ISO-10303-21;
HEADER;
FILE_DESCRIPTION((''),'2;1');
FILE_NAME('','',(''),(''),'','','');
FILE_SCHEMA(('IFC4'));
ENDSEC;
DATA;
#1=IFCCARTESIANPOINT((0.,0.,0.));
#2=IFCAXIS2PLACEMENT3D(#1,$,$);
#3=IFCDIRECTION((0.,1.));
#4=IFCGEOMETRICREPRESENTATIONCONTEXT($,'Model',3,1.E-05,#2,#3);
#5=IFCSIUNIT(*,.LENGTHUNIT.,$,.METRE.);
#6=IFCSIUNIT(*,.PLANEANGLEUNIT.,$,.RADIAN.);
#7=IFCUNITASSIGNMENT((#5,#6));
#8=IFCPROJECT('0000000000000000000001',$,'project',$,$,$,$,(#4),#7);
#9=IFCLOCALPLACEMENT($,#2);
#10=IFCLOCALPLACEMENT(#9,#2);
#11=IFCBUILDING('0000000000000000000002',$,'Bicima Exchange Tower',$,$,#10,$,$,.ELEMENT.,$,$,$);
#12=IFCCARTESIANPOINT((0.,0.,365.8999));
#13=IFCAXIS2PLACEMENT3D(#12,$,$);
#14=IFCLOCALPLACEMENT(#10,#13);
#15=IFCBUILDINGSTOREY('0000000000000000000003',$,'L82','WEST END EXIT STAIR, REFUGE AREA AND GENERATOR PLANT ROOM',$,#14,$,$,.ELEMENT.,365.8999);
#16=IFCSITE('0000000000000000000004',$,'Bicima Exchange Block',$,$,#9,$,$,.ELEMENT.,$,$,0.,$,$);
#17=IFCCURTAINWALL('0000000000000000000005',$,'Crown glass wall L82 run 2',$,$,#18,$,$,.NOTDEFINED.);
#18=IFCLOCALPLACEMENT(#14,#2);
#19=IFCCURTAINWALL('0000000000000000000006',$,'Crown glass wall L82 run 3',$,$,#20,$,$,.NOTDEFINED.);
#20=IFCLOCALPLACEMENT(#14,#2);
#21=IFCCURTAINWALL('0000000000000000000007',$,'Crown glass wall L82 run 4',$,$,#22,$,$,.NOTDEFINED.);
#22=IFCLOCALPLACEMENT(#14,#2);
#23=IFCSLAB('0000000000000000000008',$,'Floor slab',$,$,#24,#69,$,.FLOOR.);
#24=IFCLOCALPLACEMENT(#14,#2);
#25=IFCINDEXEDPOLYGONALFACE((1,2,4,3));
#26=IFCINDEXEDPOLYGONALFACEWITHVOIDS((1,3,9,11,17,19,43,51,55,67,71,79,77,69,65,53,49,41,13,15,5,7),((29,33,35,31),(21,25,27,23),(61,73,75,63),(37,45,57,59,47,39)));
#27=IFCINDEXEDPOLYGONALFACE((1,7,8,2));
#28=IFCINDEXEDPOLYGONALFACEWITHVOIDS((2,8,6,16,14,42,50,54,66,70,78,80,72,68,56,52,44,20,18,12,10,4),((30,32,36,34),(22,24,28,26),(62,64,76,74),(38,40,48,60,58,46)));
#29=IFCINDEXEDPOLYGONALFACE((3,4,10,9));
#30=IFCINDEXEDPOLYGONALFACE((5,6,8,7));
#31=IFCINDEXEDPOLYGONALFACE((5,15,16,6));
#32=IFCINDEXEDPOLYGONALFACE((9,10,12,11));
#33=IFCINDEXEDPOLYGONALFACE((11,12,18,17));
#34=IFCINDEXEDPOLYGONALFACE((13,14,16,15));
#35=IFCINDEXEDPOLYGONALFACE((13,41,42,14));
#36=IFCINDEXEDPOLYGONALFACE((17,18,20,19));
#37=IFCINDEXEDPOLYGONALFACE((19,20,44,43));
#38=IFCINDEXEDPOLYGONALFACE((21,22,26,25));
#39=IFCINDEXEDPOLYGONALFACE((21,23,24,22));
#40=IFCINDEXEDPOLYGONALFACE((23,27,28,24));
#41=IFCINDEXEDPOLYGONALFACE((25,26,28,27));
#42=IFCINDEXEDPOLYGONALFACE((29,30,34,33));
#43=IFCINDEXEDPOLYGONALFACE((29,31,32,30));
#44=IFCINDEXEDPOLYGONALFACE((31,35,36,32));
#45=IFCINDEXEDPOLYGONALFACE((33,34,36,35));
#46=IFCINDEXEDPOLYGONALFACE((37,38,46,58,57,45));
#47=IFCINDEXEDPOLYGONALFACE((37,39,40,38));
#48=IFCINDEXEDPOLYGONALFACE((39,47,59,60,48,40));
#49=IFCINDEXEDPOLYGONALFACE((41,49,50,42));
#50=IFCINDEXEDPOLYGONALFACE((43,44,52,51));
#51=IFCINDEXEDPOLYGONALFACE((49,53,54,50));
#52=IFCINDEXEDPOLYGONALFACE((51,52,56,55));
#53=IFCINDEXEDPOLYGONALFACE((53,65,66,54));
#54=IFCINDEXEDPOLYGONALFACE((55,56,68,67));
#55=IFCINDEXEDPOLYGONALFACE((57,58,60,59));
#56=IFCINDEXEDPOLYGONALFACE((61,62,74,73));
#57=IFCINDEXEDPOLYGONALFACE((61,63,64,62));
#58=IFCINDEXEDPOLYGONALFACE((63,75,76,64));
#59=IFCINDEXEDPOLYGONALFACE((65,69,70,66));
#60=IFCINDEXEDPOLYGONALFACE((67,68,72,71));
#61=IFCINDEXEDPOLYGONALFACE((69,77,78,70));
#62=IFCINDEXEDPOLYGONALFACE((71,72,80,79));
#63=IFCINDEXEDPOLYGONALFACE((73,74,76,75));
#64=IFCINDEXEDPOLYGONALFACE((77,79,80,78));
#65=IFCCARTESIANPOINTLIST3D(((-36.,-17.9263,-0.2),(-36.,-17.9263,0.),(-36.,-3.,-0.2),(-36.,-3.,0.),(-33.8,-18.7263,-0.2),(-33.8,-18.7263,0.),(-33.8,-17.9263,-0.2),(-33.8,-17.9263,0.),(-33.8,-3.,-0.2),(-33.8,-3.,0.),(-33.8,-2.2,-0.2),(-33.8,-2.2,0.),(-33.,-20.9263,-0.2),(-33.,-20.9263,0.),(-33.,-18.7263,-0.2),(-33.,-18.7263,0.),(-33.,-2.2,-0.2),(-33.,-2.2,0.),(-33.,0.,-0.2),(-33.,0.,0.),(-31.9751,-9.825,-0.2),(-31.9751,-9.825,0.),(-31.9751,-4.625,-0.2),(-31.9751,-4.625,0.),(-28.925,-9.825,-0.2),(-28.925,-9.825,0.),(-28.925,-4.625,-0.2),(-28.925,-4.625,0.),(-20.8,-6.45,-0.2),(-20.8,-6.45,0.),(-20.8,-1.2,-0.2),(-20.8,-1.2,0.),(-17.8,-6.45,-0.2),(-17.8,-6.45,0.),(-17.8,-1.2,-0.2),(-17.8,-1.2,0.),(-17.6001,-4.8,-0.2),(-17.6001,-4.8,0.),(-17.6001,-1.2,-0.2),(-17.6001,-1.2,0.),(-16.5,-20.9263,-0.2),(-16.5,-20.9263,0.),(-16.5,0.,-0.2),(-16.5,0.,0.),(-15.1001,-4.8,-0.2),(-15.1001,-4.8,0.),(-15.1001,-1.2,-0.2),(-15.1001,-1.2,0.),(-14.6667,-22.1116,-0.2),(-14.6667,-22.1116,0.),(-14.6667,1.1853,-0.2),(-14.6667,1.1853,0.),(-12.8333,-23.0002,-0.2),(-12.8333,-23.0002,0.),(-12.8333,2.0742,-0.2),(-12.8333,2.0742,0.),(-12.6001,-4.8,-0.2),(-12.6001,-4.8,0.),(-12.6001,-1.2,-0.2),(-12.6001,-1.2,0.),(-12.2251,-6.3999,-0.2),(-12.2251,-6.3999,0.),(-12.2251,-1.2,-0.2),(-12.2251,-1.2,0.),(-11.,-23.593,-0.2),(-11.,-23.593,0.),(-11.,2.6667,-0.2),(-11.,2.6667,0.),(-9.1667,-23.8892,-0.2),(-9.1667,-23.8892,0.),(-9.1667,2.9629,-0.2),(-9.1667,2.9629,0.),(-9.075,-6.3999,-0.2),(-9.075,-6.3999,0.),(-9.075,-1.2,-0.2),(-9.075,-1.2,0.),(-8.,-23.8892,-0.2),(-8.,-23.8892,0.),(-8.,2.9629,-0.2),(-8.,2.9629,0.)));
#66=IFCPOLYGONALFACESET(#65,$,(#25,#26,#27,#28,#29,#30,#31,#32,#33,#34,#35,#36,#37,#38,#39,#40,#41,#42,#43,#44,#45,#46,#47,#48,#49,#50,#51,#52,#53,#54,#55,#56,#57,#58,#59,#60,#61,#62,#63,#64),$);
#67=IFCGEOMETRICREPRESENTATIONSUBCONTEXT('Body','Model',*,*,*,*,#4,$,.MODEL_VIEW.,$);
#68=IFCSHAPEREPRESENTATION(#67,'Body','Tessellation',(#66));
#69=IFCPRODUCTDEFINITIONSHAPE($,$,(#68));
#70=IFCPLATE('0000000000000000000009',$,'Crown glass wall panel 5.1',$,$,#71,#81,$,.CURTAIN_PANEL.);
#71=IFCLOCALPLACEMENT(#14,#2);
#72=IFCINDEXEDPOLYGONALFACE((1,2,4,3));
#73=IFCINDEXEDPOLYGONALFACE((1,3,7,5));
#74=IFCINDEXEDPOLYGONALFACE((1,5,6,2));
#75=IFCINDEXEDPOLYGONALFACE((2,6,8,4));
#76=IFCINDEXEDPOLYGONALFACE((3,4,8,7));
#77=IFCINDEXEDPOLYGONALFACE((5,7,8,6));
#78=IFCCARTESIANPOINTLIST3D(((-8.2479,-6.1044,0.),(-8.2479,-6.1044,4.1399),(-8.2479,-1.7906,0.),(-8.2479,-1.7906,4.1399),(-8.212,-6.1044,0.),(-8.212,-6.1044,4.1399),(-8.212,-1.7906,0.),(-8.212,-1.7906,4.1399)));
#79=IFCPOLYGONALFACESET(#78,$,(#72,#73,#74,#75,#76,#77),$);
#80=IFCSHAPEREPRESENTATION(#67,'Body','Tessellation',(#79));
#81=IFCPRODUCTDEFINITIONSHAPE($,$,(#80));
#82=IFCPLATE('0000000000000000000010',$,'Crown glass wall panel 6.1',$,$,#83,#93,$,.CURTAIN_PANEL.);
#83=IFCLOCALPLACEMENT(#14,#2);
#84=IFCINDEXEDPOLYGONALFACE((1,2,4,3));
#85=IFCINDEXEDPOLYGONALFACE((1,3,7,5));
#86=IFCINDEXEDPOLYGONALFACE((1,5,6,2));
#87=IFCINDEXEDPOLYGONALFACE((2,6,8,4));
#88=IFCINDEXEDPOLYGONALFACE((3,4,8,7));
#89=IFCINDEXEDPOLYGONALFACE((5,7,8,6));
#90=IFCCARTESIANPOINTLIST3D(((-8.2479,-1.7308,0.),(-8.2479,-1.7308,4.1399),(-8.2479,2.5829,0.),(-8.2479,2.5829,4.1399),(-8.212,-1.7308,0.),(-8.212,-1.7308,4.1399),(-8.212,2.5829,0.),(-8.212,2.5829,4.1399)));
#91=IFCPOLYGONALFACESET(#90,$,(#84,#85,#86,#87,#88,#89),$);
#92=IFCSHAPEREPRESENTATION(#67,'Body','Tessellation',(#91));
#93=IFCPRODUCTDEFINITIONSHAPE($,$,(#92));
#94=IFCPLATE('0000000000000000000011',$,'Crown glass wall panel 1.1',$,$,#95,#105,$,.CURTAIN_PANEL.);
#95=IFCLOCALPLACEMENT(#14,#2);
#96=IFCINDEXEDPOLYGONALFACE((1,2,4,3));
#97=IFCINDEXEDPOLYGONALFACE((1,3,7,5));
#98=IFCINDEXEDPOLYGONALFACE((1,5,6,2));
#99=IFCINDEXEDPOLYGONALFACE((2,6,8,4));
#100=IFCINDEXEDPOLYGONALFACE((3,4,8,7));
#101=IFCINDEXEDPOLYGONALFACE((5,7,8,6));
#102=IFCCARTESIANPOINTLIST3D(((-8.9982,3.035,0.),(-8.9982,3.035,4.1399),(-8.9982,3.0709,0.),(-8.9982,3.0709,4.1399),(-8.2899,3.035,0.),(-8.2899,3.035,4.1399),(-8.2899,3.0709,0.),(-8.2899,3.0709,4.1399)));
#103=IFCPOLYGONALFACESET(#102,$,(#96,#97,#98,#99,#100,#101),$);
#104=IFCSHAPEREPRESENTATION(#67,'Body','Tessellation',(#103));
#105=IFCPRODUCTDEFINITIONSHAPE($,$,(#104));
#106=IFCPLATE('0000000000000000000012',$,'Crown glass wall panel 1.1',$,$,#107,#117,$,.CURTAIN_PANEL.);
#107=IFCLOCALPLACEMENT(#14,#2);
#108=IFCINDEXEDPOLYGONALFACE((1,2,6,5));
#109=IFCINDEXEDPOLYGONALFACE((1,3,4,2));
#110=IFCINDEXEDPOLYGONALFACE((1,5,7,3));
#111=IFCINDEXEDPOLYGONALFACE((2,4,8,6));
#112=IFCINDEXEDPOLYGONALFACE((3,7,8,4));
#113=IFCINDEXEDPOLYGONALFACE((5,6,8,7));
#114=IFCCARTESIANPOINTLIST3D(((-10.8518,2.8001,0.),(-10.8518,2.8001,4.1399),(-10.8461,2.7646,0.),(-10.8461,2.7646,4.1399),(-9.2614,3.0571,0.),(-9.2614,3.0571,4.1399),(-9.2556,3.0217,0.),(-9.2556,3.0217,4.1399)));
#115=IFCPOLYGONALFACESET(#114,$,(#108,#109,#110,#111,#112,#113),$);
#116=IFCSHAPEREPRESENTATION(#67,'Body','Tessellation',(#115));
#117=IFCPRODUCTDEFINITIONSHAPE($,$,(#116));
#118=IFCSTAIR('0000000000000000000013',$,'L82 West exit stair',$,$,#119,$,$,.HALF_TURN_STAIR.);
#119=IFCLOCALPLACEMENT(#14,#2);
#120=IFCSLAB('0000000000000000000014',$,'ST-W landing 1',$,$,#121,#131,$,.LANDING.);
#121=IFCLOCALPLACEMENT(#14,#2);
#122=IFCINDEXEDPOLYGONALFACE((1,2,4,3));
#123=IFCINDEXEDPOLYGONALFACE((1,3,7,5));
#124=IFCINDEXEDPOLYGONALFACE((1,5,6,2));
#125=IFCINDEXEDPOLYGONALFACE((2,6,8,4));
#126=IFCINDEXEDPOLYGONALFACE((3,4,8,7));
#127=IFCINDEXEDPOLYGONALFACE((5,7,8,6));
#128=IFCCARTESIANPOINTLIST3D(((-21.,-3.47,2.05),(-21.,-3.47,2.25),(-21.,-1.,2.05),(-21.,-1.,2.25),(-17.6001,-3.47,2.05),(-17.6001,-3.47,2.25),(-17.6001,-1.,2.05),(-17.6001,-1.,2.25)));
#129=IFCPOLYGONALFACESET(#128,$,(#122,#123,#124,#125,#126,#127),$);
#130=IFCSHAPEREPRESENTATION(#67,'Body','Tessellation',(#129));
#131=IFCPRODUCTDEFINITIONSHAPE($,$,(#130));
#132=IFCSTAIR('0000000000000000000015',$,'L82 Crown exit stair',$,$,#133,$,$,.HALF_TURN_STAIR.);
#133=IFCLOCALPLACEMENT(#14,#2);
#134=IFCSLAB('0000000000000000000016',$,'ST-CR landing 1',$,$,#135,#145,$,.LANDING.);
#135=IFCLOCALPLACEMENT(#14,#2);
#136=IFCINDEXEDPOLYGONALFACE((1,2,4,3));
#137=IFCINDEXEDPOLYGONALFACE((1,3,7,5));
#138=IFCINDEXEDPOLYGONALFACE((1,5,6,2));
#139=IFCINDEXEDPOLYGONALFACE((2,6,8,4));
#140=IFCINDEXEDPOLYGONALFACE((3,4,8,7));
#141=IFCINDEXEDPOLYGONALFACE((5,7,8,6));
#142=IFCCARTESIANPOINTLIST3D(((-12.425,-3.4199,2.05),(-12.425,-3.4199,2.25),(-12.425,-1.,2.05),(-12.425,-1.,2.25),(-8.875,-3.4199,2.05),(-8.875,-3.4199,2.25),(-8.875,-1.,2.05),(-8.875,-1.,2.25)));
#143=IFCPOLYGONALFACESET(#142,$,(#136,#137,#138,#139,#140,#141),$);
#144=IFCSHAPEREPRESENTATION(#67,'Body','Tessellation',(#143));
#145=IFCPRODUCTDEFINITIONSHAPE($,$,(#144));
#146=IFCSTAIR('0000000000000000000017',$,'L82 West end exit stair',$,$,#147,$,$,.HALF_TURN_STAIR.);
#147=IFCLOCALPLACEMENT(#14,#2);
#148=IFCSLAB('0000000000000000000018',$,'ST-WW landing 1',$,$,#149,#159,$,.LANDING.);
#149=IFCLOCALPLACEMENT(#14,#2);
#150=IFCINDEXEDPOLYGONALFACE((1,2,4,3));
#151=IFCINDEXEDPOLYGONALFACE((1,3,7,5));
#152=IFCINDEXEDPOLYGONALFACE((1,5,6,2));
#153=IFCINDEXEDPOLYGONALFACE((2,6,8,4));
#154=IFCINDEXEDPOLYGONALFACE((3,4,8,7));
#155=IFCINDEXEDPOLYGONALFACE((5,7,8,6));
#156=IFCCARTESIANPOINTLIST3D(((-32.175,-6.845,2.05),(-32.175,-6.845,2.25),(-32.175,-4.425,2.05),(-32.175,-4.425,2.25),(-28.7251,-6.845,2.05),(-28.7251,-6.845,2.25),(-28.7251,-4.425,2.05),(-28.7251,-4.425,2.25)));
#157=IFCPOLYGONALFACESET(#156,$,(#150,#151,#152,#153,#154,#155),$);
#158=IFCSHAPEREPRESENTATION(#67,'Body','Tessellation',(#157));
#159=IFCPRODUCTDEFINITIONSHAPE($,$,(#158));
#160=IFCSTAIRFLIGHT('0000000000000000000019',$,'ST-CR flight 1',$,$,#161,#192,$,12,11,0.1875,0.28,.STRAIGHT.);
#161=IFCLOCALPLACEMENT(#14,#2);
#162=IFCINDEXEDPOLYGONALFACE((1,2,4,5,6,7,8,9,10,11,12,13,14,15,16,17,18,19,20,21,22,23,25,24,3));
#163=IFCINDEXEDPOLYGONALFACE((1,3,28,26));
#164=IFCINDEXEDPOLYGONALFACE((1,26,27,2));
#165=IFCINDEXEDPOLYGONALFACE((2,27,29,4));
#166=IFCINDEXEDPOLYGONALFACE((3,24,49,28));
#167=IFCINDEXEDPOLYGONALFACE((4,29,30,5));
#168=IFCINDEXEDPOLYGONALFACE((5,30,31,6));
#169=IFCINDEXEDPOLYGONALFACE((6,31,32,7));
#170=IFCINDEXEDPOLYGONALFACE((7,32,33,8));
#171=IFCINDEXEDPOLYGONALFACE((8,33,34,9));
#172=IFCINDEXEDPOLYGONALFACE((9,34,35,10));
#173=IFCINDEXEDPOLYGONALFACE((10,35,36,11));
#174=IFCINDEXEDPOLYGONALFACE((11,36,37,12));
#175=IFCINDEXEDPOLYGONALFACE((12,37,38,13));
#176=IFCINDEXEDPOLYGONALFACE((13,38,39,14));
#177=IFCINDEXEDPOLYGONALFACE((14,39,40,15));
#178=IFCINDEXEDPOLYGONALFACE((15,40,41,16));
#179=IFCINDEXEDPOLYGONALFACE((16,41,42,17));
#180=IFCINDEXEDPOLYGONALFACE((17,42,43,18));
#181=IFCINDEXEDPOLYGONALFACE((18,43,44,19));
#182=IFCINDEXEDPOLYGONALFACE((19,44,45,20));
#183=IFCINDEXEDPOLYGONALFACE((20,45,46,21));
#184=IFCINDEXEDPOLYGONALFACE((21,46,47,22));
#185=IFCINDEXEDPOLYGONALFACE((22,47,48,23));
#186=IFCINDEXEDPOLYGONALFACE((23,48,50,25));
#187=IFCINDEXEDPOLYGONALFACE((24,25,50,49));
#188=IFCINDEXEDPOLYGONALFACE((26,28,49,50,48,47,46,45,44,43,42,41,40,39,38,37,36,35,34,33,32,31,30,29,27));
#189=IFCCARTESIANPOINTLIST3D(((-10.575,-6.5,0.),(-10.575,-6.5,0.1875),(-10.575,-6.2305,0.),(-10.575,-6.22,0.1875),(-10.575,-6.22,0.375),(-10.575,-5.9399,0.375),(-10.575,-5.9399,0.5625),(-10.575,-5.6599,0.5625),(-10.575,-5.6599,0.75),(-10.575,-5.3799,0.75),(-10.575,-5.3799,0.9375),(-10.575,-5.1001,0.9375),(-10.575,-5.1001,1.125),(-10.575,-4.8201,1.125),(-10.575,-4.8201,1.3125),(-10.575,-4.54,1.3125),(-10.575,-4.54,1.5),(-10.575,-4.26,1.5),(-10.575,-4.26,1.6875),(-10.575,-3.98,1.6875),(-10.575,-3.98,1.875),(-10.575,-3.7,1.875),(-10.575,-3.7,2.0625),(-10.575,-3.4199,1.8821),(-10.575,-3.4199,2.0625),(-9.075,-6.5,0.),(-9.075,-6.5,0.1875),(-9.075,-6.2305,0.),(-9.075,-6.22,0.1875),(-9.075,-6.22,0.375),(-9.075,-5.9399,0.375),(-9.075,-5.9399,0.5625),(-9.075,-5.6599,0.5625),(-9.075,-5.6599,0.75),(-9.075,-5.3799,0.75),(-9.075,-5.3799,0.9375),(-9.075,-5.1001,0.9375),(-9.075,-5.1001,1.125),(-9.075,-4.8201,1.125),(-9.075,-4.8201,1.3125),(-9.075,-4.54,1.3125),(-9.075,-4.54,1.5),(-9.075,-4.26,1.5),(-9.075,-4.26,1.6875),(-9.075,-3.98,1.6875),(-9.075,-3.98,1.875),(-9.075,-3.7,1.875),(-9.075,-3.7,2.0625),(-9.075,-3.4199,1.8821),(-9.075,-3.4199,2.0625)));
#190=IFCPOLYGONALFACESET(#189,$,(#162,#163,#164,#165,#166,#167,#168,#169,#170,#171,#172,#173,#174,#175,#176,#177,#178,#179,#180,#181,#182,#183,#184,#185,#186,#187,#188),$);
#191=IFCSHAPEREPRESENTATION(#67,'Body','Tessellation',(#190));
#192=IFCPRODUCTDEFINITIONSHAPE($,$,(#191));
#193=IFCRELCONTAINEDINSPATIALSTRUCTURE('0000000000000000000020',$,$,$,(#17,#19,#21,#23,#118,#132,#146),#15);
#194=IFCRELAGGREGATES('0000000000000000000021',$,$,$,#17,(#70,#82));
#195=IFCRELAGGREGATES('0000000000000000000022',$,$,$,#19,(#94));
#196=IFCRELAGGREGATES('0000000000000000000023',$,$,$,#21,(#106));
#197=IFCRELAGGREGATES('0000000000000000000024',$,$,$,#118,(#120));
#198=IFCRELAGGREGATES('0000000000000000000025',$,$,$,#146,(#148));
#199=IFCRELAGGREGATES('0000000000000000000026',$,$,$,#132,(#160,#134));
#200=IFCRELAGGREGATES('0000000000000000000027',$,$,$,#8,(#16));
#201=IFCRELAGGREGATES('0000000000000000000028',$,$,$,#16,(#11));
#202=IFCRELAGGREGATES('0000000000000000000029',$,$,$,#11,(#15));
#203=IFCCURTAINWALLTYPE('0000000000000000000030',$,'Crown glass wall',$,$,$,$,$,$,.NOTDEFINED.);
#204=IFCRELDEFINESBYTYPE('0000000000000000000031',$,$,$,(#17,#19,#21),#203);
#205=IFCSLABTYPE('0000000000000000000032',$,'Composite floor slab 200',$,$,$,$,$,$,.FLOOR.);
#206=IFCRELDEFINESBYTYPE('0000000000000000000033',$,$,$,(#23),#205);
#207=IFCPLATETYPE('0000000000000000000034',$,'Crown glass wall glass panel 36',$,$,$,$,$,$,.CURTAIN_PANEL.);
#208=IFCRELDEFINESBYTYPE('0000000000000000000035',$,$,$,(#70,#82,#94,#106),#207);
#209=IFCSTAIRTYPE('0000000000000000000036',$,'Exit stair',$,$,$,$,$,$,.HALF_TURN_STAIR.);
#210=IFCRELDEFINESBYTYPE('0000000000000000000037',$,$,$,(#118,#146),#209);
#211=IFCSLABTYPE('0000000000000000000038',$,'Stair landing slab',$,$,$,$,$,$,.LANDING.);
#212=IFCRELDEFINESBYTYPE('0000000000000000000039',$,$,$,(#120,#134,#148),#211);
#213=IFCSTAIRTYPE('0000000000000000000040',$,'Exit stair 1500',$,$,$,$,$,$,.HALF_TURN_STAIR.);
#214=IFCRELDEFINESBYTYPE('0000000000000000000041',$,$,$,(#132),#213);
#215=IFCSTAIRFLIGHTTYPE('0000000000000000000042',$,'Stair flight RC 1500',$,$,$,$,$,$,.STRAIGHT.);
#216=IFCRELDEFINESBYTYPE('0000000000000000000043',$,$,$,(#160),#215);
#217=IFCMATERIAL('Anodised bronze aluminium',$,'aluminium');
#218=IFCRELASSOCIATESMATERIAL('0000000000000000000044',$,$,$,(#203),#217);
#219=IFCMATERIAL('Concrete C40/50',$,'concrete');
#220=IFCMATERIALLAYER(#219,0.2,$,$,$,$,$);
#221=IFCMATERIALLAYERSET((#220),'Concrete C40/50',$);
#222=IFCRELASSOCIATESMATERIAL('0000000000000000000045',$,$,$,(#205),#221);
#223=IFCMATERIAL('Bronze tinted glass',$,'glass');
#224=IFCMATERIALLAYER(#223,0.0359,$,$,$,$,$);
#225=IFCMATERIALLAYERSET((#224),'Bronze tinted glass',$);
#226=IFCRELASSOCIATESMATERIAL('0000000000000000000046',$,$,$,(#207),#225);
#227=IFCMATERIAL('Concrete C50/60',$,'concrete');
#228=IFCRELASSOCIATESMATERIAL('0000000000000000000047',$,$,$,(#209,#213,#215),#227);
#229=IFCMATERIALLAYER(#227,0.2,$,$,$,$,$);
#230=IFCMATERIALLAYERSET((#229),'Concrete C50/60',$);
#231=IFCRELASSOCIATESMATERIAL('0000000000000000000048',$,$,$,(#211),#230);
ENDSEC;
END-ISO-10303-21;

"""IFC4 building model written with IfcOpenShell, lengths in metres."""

from ifc_helpers import new_model, si_unit, direction, frame, origin, origin_2d, place, context, subcontext, project, spatial, polyline, rectangle, outline, extrude, material, layer, layer_set, type_object, element, aggregate, save


model = new_model("IFC4")

# Units and contexts
model_context = context("Model", 3, precision=1e-05, world=origin(), true_north=direction((0.0, 1.0)))
body_context = subcontext(model_context, "Body", "Model", "MODEL_VIEW")
ifc_project = project(units=[si_unit("LENGTHUNIT", "METRE"), si_unit("PLANEANGLEUNIT", "RADIAN")], contexts=[model_context])

# Site, building, storey
site_placement = place(None, origin())
site = spatial("IfcSite", under=ifc_project, at=site_placement, Name="Bicima Exchange Block", CompositionType="ELEMENT", RefElevation=0.0)
building_placement = place(site_placement, origin())
building = spatial("IfcBuilding", under=site, at=building_placement, Name="Bicima Exchange Tower", CompositionType="ELEMENT")
storey_placement = place(building_placement, frame((0.0, 0.0, 365.8999)))
storey = spatial("IfcBuildingStorey", under=building, at=storey_placement, Name="L82", Description="WEST END EXIT STAIR, REFUGE AREA AND GENERATOR PLANT ROOM", CompositionType="ELEMENT", Elevation=365.8999)

# Curtain walls
ifc_material_1 = material(Name="Anodised bronze aluminium", Category="aluminium")
curtain_wall_type = type_object("IfcCurtainWallType", Name="Crown glass wall", PredefinedType="NOTDEFINED", material=ifc_material_1)
curtain_wall_1_placement = place(storey_placement, origin())
curtain_wall_1 = element("IfcCurtainWall", 1, at=curtain_wall_1_placement, inside=storey, type_object=curtain_wall_type, Name="Crown glass wall L82 run 2", PredefinedType="NOTDEFINED")
curtain_wall_2_placement = place(storey_placement, origin())
curtain_wall_2 = element("IfcCurtainWall", 2, at=curtain_wall_2_placement, inside=storey, type_object=curtain_wall_type, Name="Crown glass wall L82 run 3", PredefinedType="NOTDEFINED")
curtain_wall_3_placement = place(storey_placement, origin())
curtain_wall_3 = element("IfcCurtainWall", 3, at=curtain_wall_3_placement, inside=storey, type_object=curtain_wall_type, Name="Crown glass wall L82 run 4", PredefinedType="NOTDEFINED")

# Slab
ifc_material_2 = material(Name="Concrete C40/50", Category="concrete")
ifc_layer_1 = layer(ifc_material_2, 0.2)
ifc_layer_set_1 = layer_set([ifc_layer_1], Name="Concrete C40/50")
slab_type_1 = type_object("IfcSlabType", Name="Composite floor slab 200", PredefinedType="FLOOR", material=ifc_layer_set_1)
slab_1_placement = place(storey_placement, frame((0.0, 0.0, -0.2)))
element("IfcSlab", 4, at=slab_1_placement, inside=storey, type_object=slab_type_1, Name="Floor slab", PredefinedType="FLOOR", context=body_context, shape_type="SweptSolid", body=[
    extrude(outline(polyline([(-33.8, -17.9263), (-36.0, -17.9263), (-36.0, -3.0), (-33.8, -3.0), (-33.8, -2.2), (-33.0, -2.2), (-33.0, 0.0), (-16.5, 0.0), (-14.6667, 1.1853), (-12.8333, 2.0742), (-11.0, 2.6667), (-9.1667, 2.9629), (-8.0, 2.9629), (-8.0, -23.8892), (-9.1667, -23.8892), (-11.0, -23.593), (-12.8333, -23.0002), (-14.6667, -22.1116), (-16.5, -20.9263), (-33.0, -20.9263), (-33.0, -18.7263), (-33.8, -18.7263), (-33.8, -17.9263)]), holes=[polyline([(-28.925, -4.625), (-31.9751, -4.625), (-31.9751, -9.825), (-28.925, -9.825), (-28.925, -4.625)]), polyline([(-17.8, -1.2), (-20.8, -1.2), (-20.8, -6.45), (-17.8, -6.45), (-17.8, -1.2)]), polyline([(-9.075, -1.2), (-12.2251, -1.2), (-12.2251, -6.3999), (-9.075, -6.3999), (-9.075, -1.2)]), polyline([(-12.6001, -1.2), (-15.1001, -1.2), (-17.6001, -1.2), (-17.6001, -4.8), (-15.1001, -4.8), (-12.6001, -4.8), (-12.6001, -1.2)])]), origin(), (0.0, 0.0, 1.0), 0.2),
])

# Plates
ifc_material_3 = material(Name="Bronze tinted glass", Category="glass")
ifc_layer_2 = layer(ifc_material_3, 0.0359)
ifc_layer_set_2 = layer_set([ifc_layer_2], Name="Bronze tinted glass")
plate_type = type_object("IfcPlateType", Name="Crown glass wall glass panel 36", PredefinedType="CURTAIN_PANEL", material=ifc_layer_set_2)
plate_1_placement = place(storey_placement, frame((-8.23, -3.9475, 0.0), z_axis=(0.0, 0.0, 1.0), x_axis=(0.0, 1.0, 0.0)))
plate_1 = element("IfcPlate", 5, at=plate_1_placement, type_object=plate_type, Name="Crown glass wall panel 5.1", PredefinedType="CURTAIN_PANEL", context=body_context, shape_type="SweptSolid", body=[
    extrude(rectangle(XDim=4.3137, YDim=0.0359, at=origin_2d()), origin(), (0.0, 0.0, 1.0), 4.1399),
])
plate_2_placement = place(storey_placement, frame((-8.23, 0.426, 0.0), z_axis=(0.0, 0.0, 1.0), x_axis=(0.0, 1.0, 0.0)))
plate_2 = element("IfcPlate", 6, at=plate_2_placement, type_object=plate_type, Name="Crown glass wall panel 6.1", PredefinedType="CURTAIN_PANEL", context=body_context, shape_type="SweptSolid", body=[
    extrude(rectangle(XDim=4.3137, YDim=0.0359, at=origin_2d()), origin(), (0.0, 0.0, 1.0), 4.1399),
])
aggregate(curtain_wall_1, [plate_1, plate_2])
plate_3_placement = place(storey_placement, frame((-8.644, 3.053, 0.0), z_axis=(0.0, 0.0, 1.0), x_axis=(-1.0, 0.0, 0.0)))
plate_3 = element("IfcPlate", 7, at=plate_3_placement, type_object=plate_type, Name="Crown glass wall panel 1.1", PredefinedType="CURTAIN_PANEL", context=body_context, shape_type="SweptSolid", body=[
    extrude(rectangle(XDim=0.7083, YDim=0.0359, at=origin_2d()), origin(), (0.0, 0.0, 1.0), 4.1399),
])
aggregate(curtain_wall_2, [plate_3])
plate_4_placement = place(storey_placement, frame((-10.0537, 2.9109, 0.0), z_axis=(0.0, 0.0, 1.0), x_axis=(-0.98719, -0.15955, 0.0)))
plate_4 = element("IfcPlate", 8, at=plate_4_placement, type_object=plate_type, Name="Crown glass wall panel 1.1", PredefinedType="CURTAIN_PANEL", context=body_context, shape_type="SweptSolid", body=[
    extrude(rectangle(XDim=1.6111, YDim=0.0359, at=origin_2d()), origin(), (0.0, 0.0, 1.0), 4.1399),
])
aggregate(curtain_wall_3, [plate_4])

# Stairs, slabs
ifc_material_4 = material(Name="Concrete C50/60", Category="concrete")
stair_type_1 = type_object("IfcStairType", Name="Exit stair", PredefinedType="HALF_TURN_STAIR", material=ifc_material_4)
stair_1_placement = place(storey_placement, origin())
stair_1 = element("IfcStair", 9, at=stair_1_placement, inside=storey, type_object=stair_type_1, Name="L82 West exit stair", PredefinedType="HALF_TURN_STAIR")
ifc_layer_3 = layer(ifc_material_4, 0.2)
ifc_layer_set_3 = layer_set([ifc_layer_3], Name="Concrete C50/60")
slab_type_2 = type_object("IfcSlabType", Name="Stair landing slab", PredefinedType="LANDING", material=ifc_layer_set_3)
slab_2_placement = place(storey_placement, frame((0.0, 0.0, 2.05)))
slab_2 = element("IfcSlab", 10, at=slab_2_placement, type_object=slab_type_2, Name="ST-W landing 1", PredefinedType="LANDING", context=body_context, shape_type="SweptSolid", body=[
    extrude(outline(polyline([(-17.6001, -3.47), (-17.6001, -1.0), (-21.0, -1.0), (-21.0, -3.47), (-17.6001, -3.47)])), origin(), (0.0, 0.0, 1.0), 0.2),
])
aggregate(stair_1, [slab_2])
stair_type_2 = type_object("IfcStairType", Name="Exit stair 1500", PredefinedType="HALF_TURN_STAIR", material=ifc_material_4)
stair_2_placement = place(storey_placement, origin())
stair_2 = element("IfcStair", 11, at=stair_2_placement, inside=storey, type_object=stair_type_2, Name="L82 Crown exit stair", PredefinedType="HALF_TURN_STAIR")
slab_3_placement = place(storey_placement, frame((0.0, 0.0, 2.05)))
slab_3 = element("IfcSlab", 12, at=slab_3_placement, type_object=slab_type_2, Name="ST-CR landing 1", PredefinedType="LANDING", context=body_context, shape_type="SweptSolid", body=[
    extrude(outline(polyline([(-8.875, -3.4199), (-8.875, -1.0), (-12.425, -1.0), (-12.425, -3.4199), (-8.875, -3.4199)])), origin(), (0.0, 0.0, 1.0), 0.2),
])
stair_3_placement = place(storey_placement, origin())
stair_3 = element("IfcStair", 13, at=stair_3_placement, inside=storey, type_object=stair_type_1, Name="L82 West end exit stair", PredefinedType="HALF_TURN_STAIR")
slab_4_placement = place(storey_placement, frame((0.0, 0.0, 2.05)))
slab_4 = element("IfcSlab", 14, at=slab_4_placement, type_object=slab_type_2, Name="ST-WW landing 1", PredefinedType="LANDING", context=body_context, shape_type="SweptSolid", body=[
    extrude(outline(polyline([(-28.7251, -6.845), (-28.7251, -4.425), (-32.175, -4.425), (-32.175, -6.845), (-28.7251, -6.845)])), origin(), (0.0, 0.0, 1.0), 0.2),
])
aggregate(stair_3, [slab_4])

# Stair flight
stair_flight_type = type_object("IfcStairFlightType", Name="Stair flight RC 1500", PredefinedType="STRAIGHT", material=ifc_material_4)
stair_flight_placement = place(storey_placement, frame((-9.825, -6.5, 0.0), z_axis=(0.0, 0.0, 1.0), x_axis=(0.0, 1.0, 0.0)))
stair_flight = element("IfcStairFlight", 15, at=stair_flight_placement, type_object=stair_flight_type, Name="ST-CR flight 1", NumberOfRisers=12, NumberOfTreads=11, PredefinedType="STRAIGHT", RiserHeight=0.1875, TreadLength=0.28, context=body_context, shape_type="SweptSolid", body=[
    extrude(outline(polyline([(0.0, 0.0), (0.0, 0.1875), (0.28, 0.1875), (0.28, 0.375), (0.5601, 0.375), (0.5601, 0.5625), (0.8401, 0.5625), (0.8401, 0.75), (1.1201, 0.75), (1.1201, 0.9375), (1.3999, 0.9375), (1.3999, 1.125), (1.6799, 1.125), (1.6799, 1.3125), (1.96, 1.3125), (1.96, 1.5), (2.24, 1.5), (2.24, 1.6875), (2.52, 1.6875), (2.52, 1.875), (2.8, 1.875), (2.8, 2.0625), (3.0801, 2.0625), (3.0801, 2.25), (3.0801, 1.8821), (0.2695, 0.0), (0.0, 0.0)])), frame((0.0, 0.75, 0.0), z_axis=(0.0, -1.0, 0.0), x_axis=(1.0, 0.0, 0.0)), (0.0, 0.0, 1.0), 1.5),
])
aggregate(stair_2, [stair_flight, slab_3])

save(model, "model.ifc")
